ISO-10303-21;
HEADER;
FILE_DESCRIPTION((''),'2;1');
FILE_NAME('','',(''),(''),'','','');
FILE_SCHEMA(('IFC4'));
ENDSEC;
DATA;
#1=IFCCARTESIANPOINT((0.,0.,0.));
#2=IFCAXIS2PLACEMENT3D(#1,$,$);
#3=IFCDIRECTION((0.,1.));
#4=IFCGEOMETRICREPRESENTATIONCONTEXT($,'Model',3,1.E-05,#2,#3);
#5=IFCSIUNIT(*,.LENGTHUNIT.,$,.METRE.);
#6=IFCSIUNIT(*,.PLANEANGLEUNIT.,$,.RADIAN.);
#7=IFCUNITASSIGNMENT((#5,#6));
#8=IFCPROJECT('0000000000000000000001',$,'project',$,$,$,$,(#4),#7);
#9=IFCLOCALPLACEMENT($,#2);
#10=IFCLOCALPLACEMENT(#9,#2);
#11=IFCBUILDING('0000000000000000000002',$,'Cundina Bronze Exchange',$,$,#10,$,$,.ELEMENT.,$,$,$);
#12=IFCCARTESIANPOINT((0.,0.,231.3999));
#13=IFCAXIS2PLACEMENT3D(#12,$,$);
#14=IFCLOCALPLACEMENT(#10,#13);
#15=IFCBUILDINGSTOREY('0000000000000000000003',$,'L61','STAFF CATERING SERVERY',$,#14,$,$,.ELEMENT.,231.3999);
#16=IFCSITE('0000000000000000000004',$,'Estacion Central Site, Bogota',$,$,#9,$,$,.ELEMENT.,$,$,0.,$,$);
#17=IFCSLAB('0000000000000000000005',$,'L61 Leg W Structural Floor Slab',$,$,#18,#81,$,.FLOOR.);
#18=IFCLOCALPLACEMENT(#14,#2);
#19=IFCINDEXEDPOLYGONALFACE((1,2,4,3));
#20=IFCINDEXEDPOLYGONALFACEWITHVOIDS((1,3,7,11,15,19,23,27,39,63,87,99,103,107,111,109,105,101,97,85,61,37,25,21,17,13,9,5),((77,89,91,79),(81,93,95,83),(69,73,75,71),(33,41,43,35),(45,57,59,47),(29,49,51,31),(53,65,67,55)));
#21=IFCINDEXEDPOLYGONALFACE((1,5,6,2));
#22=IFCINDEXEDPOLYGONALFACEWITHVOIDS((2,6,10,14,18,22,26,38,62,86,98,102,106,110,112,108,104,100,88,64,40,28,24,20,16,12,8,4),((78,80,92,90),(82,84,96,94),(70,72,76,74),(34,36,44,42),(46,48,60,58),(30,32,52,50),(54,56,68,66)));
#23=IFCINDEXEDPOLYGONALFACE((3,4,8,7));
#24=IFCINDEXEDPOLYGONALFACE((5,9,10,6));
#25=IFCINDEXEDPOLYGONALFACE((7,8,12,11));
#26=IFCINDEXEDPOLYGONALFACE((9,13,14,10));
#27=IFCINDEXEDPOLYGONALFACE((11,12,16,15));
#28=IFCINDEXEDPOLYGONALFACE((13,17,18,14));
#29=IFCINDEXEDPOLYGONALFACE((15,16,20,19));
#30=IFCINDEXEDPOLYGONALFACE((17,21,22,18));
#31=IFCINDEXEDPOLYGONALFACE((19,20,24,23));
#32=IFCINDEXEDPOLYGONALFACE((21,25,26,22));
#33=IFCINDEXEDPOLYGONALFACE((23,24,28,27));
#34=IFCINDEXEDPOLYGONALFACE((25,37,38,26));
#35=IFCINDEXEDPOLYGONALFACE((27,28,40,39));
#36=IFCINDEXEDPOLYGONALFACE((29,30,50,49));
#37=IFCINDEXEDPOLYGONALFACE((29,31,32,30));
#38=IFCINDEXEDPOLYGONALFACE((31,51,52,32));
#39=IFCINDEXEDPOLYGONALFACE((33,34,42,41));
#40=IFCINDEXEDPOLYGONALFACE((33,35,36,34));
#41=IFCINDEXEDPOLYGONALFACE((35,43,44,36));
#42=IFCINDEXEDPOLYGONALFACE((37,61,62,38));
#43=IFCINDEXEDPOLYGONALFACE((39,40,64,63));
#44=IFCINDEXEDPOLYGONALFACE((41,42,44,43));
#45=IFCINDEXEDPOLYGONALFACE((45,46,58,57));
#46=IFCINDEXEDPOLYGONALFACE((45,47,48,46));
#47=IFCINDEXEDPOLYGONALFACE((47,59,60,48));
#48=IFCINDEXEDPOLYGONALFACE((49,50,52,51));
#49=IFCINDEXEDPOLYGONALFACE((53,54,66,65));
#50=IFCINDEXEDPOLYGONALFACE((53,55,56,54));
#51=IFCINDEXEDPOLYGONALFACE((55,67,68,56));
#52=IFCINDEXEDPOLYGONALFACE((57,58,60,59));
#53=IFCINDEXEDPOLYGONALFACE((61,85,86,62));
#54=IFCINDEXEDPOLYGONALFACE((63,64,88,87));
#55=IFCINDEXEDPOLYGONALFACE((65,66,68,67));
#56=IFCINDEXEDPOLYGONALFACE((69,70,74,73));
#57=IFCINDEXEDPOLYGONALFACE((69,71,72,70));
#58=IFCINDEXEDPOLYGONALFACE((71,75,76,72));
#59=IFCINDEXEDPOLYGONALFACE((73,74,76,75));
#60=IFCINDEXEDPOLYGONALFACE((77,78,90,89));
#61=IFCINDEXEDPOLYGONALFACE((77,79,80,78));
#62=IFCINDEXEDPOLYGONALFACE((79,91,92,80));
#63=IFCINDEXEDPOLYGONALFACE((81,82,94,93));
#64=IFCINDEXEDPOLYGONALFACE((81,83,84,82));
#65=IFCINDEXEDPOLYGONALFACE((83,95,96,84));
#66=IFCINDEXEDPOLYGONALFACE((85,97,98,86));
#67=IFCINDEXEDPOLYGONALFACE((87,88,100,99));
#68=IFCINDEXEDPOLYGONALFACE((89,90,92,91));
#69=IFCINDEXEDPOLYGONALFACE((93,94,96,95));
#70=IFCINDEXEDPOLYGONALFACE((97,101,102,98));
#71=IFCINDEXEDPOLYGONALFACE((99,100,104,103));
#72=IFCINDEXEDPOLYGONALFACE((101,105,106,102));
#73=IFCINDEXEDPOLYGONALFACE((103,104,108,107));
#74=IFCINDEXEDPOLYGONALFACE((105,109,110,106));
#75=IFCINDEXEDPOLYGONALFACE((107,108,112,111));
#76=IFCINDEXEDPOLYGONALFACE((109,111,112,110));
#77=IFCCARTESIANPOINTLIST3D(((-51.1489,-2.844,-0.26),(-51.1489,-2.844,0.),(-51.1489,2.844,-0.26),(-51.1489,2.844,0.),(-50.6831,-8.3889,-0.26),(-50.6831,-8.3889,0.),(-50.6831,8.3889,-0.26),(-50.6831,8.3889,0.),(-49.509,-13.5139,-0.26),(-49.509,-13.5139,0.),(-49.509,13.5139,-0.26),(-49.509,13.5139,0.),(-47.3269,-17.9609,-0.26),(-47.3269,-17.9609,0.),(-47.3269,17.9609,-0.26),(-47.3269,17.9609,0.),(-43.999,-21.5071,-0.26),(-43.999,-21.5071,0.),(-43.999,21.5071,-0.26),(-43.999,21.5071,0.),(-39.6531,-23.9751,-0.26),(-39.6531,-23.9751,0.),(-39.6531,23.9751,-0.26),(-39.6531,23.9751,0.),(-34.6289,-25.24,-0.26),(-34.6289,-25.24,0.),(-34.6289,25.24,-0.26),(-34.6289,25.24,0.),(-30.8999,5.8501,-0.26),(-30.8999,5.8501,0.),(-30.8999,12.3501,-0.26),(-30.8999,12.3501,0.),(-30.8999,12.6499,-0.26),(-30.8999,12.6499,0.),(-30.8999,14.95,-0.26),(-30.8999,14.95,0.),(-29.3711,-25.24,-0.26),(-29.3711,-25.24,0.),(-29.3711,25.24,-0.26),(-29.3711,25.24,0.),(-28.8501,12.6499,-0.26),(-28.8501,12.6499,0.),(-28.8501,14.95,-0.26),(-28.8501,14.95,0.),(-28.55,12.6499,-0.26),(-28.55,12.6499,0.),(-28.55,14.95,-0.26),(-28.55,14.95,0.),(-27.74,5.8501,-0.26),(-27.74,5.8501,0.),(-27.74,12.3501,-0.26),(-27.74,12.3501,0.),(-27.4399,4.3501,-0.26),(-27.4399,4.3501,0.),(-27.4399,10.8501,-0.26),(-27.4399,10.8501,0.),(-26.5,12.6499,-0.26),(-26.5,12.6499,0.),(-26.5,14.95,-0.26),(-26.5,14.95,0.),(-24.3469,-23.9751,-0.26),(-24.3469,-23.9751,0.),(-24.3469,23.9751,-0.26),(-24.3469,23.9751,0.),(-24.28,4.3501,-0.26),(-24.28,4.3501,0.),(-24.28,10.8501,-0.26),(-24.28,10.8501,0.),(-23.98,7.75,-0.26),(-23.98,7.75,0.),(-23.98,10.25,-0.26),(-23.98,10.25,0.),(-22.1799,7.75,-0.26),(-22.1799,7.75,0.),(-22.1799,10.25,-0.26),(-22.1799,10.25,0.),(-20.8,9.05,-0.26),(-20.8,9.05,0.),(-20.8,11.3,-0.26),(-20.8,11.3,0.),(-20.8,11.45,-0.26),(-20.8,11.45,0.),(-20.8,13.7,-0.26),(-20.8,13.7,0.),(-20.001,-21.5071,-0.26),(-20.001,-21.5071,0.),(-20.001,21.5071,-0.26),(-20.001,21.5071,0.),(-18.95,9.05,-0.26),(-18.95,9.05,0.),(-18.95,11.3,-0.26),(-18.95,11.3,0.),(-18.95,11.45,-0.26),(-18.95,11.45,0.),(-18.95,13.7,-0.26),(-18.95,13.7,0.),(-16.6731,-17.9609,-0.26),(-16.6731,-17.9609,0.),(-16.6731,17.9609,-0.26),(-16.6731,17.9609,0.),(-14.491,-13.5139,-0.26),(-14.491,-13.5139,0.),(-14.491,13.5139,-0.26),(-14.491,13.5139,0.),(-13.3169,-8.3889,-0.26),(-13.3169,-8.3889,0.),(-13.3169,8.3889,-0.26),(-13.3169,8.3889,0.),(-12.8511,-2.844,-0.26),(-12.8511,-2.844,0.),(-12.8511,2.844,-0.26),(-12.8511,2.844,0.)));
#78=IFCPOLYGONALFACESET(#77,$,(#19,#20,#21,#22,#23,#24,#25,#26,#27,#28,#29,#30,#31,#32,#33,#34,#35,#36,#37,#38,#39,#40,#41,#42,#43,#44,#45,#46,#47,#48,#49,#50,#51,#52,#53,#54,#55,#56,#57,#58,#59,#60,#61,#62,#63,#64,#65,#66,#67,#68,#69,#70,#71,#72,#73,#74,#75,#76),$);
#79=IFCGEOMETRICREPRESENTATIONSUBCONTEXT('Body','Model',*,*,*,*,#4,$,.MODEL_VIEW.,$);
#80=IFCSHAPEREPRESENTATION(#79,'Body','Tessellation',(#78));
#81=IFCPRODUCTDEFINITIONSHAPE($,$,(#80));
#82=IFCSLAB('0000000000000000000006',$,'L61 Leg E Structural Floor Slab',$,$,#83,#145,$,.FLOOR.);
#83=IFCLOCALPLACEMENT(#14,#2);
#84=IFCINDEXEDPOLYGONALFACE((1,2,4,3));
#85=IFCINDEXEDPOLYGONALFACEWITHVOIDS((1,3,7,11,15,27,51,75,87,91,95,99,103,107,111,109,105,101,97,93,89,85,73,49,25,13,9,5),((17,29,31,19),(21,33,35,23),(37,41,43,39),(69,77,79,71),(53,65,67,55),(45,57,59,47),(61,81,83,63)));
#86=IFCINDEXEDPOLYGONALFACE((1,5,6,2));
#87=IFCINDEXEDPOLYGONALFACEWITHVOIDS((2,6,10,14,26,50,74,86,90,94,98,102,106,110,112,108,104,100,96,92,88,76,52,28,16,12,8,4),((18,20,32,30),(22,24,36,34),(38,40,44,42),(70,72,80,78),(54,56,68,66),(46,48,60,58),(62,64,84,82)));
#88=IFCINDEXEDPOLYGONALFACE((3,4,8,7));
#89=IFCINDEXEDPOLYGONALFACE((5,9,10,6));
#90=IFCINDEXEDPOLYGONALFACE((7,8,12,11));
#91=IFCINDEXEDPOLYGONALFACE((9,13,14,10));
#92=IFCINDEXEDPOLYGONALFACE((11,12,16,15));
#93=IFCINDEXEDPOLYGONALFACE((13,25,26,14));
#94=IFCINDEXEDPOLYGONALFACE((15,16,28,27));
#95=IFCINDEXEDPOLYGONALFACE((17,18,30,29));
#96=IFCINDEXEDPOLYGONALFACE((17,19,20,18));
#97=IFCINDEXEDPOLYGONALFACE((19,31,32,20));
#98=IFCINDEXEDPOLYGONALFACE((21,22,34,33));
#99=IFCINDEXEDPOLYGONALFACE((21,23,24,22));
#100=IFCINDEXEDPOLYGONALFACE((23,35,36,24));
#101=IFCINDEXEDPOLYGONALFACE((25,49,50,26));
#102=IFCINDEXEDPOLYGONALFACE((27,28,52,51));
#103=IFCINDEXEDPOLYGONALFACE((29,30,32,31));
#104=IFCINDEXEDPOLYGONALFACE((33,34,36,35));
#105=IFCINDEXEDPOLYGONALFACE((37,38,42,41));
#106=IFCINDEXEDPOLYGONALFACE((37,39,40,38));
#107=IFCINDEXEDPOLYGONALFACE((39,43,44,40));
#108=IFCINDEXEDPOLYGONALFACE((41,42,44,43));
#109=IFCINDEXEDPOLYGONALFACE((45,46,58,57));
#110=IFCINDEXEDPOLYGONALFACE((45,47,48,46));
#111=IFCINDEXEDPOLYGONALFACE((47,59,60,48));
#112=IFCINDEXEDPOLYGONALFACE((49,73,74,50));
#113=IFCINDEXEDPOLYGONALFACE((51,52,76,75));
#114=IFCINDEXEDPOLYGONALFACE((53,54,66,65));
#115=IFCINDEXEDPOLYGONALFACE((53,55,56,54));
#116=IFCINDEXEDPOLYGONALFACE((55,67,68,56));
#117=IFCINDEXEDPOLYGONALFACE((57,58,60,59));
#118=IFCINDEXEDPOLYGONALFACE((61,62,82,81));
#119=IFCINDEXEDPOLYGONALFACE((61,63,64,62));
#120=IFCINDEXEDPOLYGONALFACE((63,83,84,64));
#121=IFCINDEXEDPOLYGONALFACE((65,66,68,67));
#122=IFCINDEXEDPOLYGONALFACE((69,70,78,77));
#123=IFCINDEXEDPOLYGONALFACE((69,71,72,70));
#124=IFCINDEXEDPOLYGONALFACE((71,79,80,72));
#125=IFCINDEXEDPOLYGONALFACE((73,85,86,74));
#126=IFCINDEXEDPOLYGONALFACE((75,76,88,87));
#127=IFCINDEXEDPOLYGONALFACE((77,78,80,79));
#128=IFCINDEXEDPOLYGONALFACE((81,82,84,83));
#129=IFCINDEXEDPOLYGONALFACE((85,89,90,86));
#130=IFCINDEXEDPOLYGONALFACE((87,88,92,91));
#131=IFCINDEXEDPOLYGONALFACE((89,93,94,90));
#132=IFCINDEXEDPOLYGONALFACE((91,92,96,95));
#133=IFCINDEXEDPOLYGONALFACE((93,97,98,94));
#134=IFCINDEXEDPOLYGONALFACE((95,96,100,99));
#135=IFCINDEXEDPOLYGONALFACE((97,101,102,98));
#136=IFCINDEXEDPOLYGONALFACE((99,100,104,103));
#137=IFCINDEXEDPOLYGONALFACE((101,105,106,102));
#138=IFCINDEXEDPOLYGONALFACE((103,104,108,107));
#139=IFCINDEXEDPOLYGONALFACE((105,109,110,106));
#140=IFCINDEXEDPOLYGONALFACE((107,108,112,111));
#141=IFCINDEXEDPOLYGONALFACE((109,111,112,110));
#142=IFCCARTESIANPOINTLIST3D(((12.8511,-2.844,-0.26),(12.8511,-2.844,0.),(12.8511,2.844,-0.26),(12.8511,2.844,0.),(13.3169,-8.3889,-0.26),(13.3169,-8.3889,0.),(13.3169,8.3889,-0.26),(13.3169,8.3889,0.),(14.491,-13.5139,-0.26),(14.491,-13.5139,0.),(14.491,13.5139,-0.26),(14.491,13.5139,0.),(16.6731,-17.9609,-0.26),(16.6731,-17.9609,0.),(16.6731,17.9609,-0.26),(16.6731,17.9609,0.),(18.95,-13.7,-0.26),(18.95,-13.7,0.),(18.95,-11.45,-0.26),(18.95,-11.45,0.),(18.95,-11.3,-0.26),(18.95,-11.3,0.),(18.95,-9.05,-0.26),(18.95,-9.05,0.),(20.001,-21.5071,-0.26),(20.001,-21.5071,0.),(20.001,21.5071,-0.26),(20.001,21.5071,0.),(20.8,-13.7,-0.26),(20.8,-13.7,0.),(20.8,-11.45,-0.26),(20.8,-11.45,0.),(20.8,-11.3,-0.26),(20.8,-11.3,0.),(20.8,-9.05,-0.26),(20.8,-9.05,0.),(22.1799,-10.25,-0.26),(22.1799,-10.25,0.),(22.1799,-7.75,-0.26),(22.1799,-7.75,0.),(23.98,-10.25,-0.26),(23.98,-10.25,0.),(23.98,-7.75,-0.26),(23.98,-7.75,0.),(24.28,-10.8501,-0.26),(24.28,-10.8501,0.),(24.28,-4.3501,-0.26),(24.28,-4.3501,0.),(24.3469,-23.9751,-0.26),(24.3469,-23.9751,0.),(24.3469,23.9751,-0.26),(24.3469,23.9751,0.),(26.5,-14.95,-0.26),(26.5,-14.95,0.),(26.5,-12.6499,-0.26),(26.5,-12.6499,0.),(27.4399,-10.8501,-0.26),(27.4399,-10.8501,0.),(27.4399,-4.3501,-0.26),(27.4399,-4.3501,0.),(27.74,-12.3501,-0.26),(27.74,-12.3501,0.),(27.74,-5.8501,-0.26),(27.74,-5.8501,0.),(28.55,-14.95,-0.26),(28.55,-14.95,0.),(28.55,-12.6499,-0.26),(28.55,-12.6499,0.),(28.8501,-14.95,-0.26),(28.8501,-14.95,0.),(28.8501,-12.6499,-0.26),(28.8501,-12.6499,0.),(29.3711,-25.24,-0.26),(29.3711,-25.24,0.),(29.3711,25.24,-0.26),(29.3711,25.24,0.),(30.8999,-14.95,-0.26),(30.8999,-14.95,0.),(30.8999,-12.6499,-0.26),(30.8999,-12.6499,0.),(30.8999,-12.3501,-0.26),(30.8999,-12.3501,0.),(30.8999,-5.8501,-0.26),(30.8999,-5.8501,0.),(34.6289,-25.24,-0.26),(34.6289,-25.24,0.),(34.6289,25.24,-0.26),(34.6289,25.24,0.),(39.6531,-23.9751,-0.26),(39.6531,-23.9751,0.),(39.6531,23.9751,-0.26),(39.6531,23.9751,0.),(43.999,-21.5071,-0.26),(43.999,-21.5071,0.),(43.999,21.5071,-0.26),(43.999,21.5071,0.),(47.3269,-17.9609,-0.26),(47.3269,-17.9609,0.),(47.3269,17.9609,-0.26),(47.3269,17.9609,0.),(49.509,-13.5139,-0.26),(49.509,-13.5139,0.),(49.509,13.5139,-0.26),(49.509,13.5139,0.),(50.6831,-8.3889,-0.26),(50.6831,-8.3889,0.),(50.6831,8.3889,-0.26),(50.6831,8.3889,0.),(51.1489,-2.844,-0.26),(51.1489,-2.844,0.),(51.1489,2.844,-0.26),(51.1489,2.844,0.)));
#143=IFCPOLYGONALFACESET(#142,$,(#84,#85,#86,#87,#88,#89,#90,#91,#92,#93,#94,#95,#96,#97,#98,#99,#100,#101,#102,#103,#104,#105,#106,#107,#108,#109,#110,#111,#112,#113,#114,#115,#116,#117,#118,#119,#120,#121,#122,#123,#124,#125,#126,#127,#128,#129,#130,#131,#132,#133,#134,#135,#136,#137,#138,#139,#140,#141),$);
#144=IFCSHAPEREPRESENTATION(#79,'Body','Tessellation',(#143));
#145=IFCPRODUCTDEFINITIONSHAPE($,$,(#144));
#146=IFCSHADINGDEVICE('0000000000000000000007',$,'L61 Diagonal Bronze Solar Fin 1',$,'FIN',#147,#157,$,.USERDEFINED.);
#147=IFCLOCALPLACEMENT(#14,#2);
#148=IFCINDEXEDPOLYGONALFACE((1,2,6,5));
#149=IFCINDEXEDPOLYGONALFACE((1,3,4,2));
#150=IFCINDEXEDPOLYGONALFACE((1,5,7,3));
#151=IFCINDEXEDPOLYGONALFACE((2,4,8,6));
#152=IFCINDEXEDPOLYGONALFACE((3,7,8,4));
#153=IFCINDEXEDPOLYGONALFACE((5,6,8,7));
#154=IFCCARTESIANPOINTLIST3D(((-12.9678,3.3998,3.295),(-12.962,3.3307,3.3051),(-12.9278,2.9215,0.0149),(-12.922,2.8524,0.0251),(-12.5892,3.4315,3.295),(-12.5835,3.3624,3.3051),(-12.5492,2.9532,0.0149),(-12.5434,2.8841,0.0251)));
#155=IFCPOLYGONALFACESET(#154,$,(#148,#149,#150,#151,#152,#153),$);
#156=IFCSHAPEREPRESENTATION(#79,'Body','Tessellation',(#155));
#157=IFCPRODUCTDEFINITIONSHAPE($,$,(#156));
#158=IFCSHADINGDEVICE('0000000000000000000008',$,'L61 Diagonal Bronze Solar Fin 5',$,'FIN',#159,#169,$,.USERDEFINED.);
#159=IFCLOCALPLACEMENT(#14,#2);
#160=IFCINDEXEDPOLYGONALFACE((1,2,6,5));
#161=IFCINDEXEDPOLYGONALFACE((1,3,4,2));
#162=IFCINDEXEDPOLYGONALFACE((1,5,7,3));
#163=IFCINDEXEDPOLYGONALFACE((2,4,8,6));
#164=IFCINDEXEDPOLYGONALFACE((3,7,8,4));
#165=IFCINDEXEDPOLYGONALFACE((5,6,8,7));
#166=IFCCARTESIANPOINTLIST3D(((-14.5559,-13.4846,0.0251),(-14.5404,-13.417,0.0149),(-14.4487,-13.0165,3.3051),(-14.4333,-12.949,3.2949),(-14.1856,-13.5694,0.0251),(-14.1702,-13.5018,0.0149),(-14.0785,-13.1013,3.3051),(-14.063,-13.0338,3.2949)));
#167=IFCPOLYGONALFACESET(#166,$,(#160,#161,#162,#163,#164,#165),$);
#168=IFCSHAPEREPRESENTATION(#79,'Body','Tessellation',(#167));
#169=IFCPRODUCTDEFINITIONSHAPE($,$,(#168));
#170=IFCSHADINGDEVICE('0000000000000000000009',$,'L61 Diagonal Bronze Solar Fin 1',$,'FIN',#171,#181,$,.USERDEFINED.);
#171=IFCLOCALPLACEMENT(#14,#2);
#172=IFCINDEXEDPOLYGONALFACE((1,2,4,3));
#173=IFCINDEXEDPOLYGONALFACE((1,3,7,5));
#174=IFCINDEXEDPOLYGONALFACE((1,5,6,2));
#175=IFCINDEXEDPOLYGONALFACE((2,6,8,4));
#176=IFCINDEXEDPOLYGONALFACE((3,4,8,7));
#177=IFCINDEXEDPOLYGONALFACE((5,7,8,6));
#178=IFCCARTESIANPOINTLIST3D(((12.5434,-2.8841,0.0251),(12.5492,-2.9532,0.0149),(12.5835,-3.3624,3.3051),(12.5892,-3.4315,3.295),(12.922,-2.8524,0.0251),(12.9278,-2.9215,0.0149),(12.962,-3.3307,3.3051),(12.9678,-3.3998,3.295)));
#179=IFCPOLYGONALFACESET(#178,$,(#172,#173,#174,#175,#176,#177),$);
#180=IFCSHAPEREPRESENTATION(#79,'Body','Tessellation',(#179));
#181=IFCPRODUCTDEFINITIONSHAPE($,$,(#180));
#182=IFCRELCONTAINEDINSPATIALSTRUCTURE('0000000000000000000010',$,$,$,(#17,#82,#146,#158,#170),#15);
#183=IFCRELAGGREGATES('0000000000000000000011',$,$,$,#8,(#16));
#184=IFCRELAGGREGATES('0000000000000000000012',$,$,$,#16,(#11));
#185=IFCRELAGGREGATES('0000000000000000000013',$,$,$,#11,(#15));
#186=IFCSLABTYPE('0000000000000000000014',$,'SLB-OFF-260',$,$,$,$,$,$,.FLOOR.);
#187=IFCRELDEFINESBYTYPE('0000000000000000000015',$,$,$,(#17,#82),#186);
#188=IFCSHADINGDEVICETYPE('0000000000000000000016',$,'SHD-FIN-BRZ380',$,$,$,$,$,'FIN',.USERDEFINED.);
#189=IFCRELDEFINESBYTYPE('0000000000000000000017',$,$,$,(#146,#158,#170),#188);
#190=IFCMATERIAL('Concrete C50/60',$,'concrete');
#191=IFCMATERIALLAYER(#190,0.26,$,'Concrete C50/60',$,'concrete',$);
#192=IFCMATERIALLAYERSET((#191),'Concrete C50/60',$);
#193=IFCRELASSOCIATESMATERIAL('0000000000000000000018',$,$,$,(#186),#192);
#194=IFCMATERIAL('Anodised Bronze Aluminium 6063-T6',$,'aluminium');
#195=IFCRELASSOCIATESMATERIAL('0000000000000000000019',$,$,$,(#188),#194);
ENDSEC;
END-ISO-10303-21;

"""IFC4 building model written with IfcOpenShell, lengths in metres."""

from ifc_helpers import new_model, si_unit, direction, frame, origin, origin_2d, place, context, subcontext, project, spatial, polyline, rectangle, outline, extrude, material, layer, layer_set, material_profile, profile_set, type_object, element, save


model = new_model("IFC4")

# Units and contexts
model_context = context("Model", 3, precision=1e-05, world=origin(), true_north=direction((0.0, 1.0)))
body_context = subcontext(model_context, "Body", "Model", "MODEL_VIEW")
ifc_project = project(units=[si_unit("LENGTHUNIT", "METRE"), si_unit("PLANEANGLEUNIT", "RADIAN")], contexts=[model_context])

# Site, building, storey
site_placement = place(None, origin())
site = spatial("IfcSite", under=ifc_project, at=site_placement, Name="Estacion Central Site, Bogota", CompositionType="ELEMENT", RefElevation=0.0)
building_placement = place(site_placement, origin())
building = spatial("IfcBuilding", under=site, at=building_placement, Name="Cundina Bronze Exchange", CompositionType="ELEMENT")
storey_placement = place(building_placement, frame((0.0, 0.0, 231.3999)))
storey = spatial("IfcBuildingStorey", under=building, at=storey_placement, Name="L61", Description="STAFF CATERING SERVERY", CompositionType="ELEMENT", Elevation=231.3999)

# Shared definitions
ifc_material_1 = material(Name="Concrete C50/60", Category="concrete")

# Shared definitions
ifc_material_2 = material(Name="Anodised Bronze Aluminium 6063-T6", Category="aluminium")

# Slabs
ifc_layer_1 = layer(ifc_material_1, 0.26, Name="Concrete C50/60", Category="concrete")
ifc_layer_set_1 = layer_set([ifc_layer_1], Name="Concrete C50/60")
slab_type_1 = type_object("IfcSlabType", Name="SLB-OFF-260", PredefinedType="FLOOR", material=ifc_layer_set_1)
slab_1_placement = place(storey_placement, frame((0.0, 0.0, -0.26)))
element("IfcSlab", 1, at=slab_1_placement, inside=storey, type_object=slab_type_1, Name="L61 Leg W Structural Floor Slab", PredefinedType="FLOOR", context=body_context, shape_type="SweptSolid", body=[
    extrude(outline(polyline([(-12.8511, 2.844), (-13.3169, 8.3889), (-14.491, 13.5139), (-16.6731, 17.9609), (-20.001, 21.5071), (-24.3469, 23.9751), (-29.3711, 25.24), (-34.6289, 25.24), (-39.6531, 23.9751), (-43.999, 21.5071), (-47.3269, 17.9609), (-49.509, 13.5139), (-50.6831, 8.3889), (-51.1489, 2.844), (-51.1489, -2.844), (-50.6831, -8.3889), (-49.509, -13.5139), (-47.3269, -17.9609), (-43.999, -21.5071), (-39.6531, -23.9751), (-34.6289, -25.24), (-29.3711, -25.24), (-24.3469, -23.9751), (-20.001, -21.5071), (-16.6731, -17.9609), (-14.491, -13.5139), (-13.3169, -8.3889), (-12.8511, -2.844), (-12.8511, 2.844)]), holes=[polyline([(-27.74, 5.8501), (-27.74, 12.3501), (-30.8999, 12.3501), (-30.8999, 5.8501), (-27.74, 5.8501)]), polyline([(-27.4399, 10.8501), (-27.4399, 4.3501), (-24.28, 4.3501), (-24.28, 10.8501), (-27.4399, 10.8501)]), polyline([(-23.98, 10.25), (-22.1799, 10.25), (-22.1799, 7.75), (-23.98, 7.75), (-23.98, 10.25)]), polyline([(-30.8999, 14.95), (-28.8501, 14.95), (-28.8501, 12.6499), (-30.8999, 12.6499), (-30.8999, 14.95)]), polyline([(-28.55, 14.95), (-26.5, 14.95), (-26.5, 12.6499), (-28.55, 12.6499), (-28.55, 14.95)]), polyline([(-20.8, 13.7), (-18.95, 13.7), (-18.95, 11.45), (-20.8, 11.45), (-20.8, 13.7)]), polyline([(-20.8, 11.3), (-18.95, 11.3), (-18.95, 9.05), (-20.8, 9.05), (-20.8, 11.3)])]), origin(), (0.0, 0.0, 1.0), 0.26),
])
slab_2_placement = place(storey_placement, frame((0.0, 0.0, -0.26)))
element("IfcSlab", 2, at=slab_2_placement, inside=storey, type_object=slab_type_1, Name="L61 Leg E Structural Floor Slab", PredefinedType="FLOOR", context=body_context, shape_type="SweptSolid", body=[
    extrude(outline(polyline([(51.1489, 2.844), (50.6831, 8.3889), (49.509, 13.5139), (47.3269, 17.9609), (43.999, 21.5071), (39.6531, 23.9751), (34.6289, 25.24), (29.3711, 25.24), (24.3469, 23.9751), (20.001, 21.5071), (16.6731, 17.9609), (14.491, 13.5139), (13.3169, 8.3889), (12.8511, 2.844), (12.8511, -2.844), (13.3169, -8.3889), (14.491, -13.5139), (16.6731, -17.9609), (20.001, -21.5071), (24.3469, -23.9751), (29.3711, -25.24), (34.6289, -25.24), (39.6531, -23.9751), (43.999, -21.5071), (47.3269, -17.9609), (49.509, -13.5139), (50.6831, -8.3889), (51.1489, -2.844), (51.1489, 2.844)]), holes=[polyline([(27.74, -5.8501), (27.74, -12.3501), (30.8999, -12.3501), (30.8999, -5.8501), (27.74, -5.8501)]), polyline([(27.4399, -10.8501), (27.4399, -4.3501), (24.28, -4.3501), (24.28, -10.8501), (27.4399, -10.8501)]), polyline([(22.1799, -7.75), (23.98, -7.75), (23.98, -10.25), (22.1799, -10.25), (22.1799, -7.75)]), polyline([(28.8501, -12.6499), (30.8999, -12.6499), (30.8999, -14.95), (28.8501, -14.95), (28.8501, -12.6499)]), polyline([(26.5, -12.6499), (28.55, -12.6499), (28.55, -14.95), (26.5, -14.95), (26.5, -12.6499)]), polyline([(18.95, -11.45), (20.8, -11.45), (20.8, -13.7), (18.95, -13.7), (18.95, -11.45)]), polyline([(18.95, -9.05), (20.8, -9.05), (20.8, -11.3), (18.95, -11.3), (18.95, -9.05)])]), origin(), (0.0, 0.0, 1.0), 0.26),
])

# Shading devices
ifc_material_profile_1 = material_profile(ifc_material_2, rectangle(XDim=0.0701, YDim=0.3799, at=origin_2d()), Name="FIN70X380", Category="aluminium")
ifc_profile_set_1 = profile_set([ifc_material_profile_1], Name="Anodised Bronze Aluminium 6063-T6")
shading_device_type = type_object("IfcShadingDeviceType", Name="SHD-FIN-BRZ380", ElementType="FIN", PredefinedType="USERDEFINED", material=ifc_profile_set_1)
for number, where, z_axis, x_axis, name in (
    (3, (-12.7356, 2.9028, 0.02), (-0.012078, 0.144277, 0.989464), (0.082545, -0.986014, 0.144782), "L61 Diagonal Bronze Solar Fin 1"),
    (4, (-14.363, -13.4932, 0.02), (0.032331, 0.141182, 0.989456), (-0.220871, -0.964488, 0.144837), "L61 Diagonal Bronze Solar Fin 5"),
    (5, (12.7356, -2.9028, 0.02), (0.012078, -0.144277, 0.989464), (-0.082545, 0.986014, 0.144782), "L61 Diagonal Bronze Solar Fin 1"),
):
    element("IfcShadingDevice", number, at=place(storey_placement, frame(where, z_axis=z_axis, x_axis=x_axis)), inside=storey, type_object=shading_device_type, Name=name, ObjectType="FIN", PredefinedType="USERDEFINED", context=body_context, shape_type="SweptSolid", body=[
        extrude(rectangle(XDim=0.0701, YDim=0.3799, at=origin_2d()), origin(), (0.0, 0.0, 1.0), 3.3149),
    ])

save(model, "model.ifc")
